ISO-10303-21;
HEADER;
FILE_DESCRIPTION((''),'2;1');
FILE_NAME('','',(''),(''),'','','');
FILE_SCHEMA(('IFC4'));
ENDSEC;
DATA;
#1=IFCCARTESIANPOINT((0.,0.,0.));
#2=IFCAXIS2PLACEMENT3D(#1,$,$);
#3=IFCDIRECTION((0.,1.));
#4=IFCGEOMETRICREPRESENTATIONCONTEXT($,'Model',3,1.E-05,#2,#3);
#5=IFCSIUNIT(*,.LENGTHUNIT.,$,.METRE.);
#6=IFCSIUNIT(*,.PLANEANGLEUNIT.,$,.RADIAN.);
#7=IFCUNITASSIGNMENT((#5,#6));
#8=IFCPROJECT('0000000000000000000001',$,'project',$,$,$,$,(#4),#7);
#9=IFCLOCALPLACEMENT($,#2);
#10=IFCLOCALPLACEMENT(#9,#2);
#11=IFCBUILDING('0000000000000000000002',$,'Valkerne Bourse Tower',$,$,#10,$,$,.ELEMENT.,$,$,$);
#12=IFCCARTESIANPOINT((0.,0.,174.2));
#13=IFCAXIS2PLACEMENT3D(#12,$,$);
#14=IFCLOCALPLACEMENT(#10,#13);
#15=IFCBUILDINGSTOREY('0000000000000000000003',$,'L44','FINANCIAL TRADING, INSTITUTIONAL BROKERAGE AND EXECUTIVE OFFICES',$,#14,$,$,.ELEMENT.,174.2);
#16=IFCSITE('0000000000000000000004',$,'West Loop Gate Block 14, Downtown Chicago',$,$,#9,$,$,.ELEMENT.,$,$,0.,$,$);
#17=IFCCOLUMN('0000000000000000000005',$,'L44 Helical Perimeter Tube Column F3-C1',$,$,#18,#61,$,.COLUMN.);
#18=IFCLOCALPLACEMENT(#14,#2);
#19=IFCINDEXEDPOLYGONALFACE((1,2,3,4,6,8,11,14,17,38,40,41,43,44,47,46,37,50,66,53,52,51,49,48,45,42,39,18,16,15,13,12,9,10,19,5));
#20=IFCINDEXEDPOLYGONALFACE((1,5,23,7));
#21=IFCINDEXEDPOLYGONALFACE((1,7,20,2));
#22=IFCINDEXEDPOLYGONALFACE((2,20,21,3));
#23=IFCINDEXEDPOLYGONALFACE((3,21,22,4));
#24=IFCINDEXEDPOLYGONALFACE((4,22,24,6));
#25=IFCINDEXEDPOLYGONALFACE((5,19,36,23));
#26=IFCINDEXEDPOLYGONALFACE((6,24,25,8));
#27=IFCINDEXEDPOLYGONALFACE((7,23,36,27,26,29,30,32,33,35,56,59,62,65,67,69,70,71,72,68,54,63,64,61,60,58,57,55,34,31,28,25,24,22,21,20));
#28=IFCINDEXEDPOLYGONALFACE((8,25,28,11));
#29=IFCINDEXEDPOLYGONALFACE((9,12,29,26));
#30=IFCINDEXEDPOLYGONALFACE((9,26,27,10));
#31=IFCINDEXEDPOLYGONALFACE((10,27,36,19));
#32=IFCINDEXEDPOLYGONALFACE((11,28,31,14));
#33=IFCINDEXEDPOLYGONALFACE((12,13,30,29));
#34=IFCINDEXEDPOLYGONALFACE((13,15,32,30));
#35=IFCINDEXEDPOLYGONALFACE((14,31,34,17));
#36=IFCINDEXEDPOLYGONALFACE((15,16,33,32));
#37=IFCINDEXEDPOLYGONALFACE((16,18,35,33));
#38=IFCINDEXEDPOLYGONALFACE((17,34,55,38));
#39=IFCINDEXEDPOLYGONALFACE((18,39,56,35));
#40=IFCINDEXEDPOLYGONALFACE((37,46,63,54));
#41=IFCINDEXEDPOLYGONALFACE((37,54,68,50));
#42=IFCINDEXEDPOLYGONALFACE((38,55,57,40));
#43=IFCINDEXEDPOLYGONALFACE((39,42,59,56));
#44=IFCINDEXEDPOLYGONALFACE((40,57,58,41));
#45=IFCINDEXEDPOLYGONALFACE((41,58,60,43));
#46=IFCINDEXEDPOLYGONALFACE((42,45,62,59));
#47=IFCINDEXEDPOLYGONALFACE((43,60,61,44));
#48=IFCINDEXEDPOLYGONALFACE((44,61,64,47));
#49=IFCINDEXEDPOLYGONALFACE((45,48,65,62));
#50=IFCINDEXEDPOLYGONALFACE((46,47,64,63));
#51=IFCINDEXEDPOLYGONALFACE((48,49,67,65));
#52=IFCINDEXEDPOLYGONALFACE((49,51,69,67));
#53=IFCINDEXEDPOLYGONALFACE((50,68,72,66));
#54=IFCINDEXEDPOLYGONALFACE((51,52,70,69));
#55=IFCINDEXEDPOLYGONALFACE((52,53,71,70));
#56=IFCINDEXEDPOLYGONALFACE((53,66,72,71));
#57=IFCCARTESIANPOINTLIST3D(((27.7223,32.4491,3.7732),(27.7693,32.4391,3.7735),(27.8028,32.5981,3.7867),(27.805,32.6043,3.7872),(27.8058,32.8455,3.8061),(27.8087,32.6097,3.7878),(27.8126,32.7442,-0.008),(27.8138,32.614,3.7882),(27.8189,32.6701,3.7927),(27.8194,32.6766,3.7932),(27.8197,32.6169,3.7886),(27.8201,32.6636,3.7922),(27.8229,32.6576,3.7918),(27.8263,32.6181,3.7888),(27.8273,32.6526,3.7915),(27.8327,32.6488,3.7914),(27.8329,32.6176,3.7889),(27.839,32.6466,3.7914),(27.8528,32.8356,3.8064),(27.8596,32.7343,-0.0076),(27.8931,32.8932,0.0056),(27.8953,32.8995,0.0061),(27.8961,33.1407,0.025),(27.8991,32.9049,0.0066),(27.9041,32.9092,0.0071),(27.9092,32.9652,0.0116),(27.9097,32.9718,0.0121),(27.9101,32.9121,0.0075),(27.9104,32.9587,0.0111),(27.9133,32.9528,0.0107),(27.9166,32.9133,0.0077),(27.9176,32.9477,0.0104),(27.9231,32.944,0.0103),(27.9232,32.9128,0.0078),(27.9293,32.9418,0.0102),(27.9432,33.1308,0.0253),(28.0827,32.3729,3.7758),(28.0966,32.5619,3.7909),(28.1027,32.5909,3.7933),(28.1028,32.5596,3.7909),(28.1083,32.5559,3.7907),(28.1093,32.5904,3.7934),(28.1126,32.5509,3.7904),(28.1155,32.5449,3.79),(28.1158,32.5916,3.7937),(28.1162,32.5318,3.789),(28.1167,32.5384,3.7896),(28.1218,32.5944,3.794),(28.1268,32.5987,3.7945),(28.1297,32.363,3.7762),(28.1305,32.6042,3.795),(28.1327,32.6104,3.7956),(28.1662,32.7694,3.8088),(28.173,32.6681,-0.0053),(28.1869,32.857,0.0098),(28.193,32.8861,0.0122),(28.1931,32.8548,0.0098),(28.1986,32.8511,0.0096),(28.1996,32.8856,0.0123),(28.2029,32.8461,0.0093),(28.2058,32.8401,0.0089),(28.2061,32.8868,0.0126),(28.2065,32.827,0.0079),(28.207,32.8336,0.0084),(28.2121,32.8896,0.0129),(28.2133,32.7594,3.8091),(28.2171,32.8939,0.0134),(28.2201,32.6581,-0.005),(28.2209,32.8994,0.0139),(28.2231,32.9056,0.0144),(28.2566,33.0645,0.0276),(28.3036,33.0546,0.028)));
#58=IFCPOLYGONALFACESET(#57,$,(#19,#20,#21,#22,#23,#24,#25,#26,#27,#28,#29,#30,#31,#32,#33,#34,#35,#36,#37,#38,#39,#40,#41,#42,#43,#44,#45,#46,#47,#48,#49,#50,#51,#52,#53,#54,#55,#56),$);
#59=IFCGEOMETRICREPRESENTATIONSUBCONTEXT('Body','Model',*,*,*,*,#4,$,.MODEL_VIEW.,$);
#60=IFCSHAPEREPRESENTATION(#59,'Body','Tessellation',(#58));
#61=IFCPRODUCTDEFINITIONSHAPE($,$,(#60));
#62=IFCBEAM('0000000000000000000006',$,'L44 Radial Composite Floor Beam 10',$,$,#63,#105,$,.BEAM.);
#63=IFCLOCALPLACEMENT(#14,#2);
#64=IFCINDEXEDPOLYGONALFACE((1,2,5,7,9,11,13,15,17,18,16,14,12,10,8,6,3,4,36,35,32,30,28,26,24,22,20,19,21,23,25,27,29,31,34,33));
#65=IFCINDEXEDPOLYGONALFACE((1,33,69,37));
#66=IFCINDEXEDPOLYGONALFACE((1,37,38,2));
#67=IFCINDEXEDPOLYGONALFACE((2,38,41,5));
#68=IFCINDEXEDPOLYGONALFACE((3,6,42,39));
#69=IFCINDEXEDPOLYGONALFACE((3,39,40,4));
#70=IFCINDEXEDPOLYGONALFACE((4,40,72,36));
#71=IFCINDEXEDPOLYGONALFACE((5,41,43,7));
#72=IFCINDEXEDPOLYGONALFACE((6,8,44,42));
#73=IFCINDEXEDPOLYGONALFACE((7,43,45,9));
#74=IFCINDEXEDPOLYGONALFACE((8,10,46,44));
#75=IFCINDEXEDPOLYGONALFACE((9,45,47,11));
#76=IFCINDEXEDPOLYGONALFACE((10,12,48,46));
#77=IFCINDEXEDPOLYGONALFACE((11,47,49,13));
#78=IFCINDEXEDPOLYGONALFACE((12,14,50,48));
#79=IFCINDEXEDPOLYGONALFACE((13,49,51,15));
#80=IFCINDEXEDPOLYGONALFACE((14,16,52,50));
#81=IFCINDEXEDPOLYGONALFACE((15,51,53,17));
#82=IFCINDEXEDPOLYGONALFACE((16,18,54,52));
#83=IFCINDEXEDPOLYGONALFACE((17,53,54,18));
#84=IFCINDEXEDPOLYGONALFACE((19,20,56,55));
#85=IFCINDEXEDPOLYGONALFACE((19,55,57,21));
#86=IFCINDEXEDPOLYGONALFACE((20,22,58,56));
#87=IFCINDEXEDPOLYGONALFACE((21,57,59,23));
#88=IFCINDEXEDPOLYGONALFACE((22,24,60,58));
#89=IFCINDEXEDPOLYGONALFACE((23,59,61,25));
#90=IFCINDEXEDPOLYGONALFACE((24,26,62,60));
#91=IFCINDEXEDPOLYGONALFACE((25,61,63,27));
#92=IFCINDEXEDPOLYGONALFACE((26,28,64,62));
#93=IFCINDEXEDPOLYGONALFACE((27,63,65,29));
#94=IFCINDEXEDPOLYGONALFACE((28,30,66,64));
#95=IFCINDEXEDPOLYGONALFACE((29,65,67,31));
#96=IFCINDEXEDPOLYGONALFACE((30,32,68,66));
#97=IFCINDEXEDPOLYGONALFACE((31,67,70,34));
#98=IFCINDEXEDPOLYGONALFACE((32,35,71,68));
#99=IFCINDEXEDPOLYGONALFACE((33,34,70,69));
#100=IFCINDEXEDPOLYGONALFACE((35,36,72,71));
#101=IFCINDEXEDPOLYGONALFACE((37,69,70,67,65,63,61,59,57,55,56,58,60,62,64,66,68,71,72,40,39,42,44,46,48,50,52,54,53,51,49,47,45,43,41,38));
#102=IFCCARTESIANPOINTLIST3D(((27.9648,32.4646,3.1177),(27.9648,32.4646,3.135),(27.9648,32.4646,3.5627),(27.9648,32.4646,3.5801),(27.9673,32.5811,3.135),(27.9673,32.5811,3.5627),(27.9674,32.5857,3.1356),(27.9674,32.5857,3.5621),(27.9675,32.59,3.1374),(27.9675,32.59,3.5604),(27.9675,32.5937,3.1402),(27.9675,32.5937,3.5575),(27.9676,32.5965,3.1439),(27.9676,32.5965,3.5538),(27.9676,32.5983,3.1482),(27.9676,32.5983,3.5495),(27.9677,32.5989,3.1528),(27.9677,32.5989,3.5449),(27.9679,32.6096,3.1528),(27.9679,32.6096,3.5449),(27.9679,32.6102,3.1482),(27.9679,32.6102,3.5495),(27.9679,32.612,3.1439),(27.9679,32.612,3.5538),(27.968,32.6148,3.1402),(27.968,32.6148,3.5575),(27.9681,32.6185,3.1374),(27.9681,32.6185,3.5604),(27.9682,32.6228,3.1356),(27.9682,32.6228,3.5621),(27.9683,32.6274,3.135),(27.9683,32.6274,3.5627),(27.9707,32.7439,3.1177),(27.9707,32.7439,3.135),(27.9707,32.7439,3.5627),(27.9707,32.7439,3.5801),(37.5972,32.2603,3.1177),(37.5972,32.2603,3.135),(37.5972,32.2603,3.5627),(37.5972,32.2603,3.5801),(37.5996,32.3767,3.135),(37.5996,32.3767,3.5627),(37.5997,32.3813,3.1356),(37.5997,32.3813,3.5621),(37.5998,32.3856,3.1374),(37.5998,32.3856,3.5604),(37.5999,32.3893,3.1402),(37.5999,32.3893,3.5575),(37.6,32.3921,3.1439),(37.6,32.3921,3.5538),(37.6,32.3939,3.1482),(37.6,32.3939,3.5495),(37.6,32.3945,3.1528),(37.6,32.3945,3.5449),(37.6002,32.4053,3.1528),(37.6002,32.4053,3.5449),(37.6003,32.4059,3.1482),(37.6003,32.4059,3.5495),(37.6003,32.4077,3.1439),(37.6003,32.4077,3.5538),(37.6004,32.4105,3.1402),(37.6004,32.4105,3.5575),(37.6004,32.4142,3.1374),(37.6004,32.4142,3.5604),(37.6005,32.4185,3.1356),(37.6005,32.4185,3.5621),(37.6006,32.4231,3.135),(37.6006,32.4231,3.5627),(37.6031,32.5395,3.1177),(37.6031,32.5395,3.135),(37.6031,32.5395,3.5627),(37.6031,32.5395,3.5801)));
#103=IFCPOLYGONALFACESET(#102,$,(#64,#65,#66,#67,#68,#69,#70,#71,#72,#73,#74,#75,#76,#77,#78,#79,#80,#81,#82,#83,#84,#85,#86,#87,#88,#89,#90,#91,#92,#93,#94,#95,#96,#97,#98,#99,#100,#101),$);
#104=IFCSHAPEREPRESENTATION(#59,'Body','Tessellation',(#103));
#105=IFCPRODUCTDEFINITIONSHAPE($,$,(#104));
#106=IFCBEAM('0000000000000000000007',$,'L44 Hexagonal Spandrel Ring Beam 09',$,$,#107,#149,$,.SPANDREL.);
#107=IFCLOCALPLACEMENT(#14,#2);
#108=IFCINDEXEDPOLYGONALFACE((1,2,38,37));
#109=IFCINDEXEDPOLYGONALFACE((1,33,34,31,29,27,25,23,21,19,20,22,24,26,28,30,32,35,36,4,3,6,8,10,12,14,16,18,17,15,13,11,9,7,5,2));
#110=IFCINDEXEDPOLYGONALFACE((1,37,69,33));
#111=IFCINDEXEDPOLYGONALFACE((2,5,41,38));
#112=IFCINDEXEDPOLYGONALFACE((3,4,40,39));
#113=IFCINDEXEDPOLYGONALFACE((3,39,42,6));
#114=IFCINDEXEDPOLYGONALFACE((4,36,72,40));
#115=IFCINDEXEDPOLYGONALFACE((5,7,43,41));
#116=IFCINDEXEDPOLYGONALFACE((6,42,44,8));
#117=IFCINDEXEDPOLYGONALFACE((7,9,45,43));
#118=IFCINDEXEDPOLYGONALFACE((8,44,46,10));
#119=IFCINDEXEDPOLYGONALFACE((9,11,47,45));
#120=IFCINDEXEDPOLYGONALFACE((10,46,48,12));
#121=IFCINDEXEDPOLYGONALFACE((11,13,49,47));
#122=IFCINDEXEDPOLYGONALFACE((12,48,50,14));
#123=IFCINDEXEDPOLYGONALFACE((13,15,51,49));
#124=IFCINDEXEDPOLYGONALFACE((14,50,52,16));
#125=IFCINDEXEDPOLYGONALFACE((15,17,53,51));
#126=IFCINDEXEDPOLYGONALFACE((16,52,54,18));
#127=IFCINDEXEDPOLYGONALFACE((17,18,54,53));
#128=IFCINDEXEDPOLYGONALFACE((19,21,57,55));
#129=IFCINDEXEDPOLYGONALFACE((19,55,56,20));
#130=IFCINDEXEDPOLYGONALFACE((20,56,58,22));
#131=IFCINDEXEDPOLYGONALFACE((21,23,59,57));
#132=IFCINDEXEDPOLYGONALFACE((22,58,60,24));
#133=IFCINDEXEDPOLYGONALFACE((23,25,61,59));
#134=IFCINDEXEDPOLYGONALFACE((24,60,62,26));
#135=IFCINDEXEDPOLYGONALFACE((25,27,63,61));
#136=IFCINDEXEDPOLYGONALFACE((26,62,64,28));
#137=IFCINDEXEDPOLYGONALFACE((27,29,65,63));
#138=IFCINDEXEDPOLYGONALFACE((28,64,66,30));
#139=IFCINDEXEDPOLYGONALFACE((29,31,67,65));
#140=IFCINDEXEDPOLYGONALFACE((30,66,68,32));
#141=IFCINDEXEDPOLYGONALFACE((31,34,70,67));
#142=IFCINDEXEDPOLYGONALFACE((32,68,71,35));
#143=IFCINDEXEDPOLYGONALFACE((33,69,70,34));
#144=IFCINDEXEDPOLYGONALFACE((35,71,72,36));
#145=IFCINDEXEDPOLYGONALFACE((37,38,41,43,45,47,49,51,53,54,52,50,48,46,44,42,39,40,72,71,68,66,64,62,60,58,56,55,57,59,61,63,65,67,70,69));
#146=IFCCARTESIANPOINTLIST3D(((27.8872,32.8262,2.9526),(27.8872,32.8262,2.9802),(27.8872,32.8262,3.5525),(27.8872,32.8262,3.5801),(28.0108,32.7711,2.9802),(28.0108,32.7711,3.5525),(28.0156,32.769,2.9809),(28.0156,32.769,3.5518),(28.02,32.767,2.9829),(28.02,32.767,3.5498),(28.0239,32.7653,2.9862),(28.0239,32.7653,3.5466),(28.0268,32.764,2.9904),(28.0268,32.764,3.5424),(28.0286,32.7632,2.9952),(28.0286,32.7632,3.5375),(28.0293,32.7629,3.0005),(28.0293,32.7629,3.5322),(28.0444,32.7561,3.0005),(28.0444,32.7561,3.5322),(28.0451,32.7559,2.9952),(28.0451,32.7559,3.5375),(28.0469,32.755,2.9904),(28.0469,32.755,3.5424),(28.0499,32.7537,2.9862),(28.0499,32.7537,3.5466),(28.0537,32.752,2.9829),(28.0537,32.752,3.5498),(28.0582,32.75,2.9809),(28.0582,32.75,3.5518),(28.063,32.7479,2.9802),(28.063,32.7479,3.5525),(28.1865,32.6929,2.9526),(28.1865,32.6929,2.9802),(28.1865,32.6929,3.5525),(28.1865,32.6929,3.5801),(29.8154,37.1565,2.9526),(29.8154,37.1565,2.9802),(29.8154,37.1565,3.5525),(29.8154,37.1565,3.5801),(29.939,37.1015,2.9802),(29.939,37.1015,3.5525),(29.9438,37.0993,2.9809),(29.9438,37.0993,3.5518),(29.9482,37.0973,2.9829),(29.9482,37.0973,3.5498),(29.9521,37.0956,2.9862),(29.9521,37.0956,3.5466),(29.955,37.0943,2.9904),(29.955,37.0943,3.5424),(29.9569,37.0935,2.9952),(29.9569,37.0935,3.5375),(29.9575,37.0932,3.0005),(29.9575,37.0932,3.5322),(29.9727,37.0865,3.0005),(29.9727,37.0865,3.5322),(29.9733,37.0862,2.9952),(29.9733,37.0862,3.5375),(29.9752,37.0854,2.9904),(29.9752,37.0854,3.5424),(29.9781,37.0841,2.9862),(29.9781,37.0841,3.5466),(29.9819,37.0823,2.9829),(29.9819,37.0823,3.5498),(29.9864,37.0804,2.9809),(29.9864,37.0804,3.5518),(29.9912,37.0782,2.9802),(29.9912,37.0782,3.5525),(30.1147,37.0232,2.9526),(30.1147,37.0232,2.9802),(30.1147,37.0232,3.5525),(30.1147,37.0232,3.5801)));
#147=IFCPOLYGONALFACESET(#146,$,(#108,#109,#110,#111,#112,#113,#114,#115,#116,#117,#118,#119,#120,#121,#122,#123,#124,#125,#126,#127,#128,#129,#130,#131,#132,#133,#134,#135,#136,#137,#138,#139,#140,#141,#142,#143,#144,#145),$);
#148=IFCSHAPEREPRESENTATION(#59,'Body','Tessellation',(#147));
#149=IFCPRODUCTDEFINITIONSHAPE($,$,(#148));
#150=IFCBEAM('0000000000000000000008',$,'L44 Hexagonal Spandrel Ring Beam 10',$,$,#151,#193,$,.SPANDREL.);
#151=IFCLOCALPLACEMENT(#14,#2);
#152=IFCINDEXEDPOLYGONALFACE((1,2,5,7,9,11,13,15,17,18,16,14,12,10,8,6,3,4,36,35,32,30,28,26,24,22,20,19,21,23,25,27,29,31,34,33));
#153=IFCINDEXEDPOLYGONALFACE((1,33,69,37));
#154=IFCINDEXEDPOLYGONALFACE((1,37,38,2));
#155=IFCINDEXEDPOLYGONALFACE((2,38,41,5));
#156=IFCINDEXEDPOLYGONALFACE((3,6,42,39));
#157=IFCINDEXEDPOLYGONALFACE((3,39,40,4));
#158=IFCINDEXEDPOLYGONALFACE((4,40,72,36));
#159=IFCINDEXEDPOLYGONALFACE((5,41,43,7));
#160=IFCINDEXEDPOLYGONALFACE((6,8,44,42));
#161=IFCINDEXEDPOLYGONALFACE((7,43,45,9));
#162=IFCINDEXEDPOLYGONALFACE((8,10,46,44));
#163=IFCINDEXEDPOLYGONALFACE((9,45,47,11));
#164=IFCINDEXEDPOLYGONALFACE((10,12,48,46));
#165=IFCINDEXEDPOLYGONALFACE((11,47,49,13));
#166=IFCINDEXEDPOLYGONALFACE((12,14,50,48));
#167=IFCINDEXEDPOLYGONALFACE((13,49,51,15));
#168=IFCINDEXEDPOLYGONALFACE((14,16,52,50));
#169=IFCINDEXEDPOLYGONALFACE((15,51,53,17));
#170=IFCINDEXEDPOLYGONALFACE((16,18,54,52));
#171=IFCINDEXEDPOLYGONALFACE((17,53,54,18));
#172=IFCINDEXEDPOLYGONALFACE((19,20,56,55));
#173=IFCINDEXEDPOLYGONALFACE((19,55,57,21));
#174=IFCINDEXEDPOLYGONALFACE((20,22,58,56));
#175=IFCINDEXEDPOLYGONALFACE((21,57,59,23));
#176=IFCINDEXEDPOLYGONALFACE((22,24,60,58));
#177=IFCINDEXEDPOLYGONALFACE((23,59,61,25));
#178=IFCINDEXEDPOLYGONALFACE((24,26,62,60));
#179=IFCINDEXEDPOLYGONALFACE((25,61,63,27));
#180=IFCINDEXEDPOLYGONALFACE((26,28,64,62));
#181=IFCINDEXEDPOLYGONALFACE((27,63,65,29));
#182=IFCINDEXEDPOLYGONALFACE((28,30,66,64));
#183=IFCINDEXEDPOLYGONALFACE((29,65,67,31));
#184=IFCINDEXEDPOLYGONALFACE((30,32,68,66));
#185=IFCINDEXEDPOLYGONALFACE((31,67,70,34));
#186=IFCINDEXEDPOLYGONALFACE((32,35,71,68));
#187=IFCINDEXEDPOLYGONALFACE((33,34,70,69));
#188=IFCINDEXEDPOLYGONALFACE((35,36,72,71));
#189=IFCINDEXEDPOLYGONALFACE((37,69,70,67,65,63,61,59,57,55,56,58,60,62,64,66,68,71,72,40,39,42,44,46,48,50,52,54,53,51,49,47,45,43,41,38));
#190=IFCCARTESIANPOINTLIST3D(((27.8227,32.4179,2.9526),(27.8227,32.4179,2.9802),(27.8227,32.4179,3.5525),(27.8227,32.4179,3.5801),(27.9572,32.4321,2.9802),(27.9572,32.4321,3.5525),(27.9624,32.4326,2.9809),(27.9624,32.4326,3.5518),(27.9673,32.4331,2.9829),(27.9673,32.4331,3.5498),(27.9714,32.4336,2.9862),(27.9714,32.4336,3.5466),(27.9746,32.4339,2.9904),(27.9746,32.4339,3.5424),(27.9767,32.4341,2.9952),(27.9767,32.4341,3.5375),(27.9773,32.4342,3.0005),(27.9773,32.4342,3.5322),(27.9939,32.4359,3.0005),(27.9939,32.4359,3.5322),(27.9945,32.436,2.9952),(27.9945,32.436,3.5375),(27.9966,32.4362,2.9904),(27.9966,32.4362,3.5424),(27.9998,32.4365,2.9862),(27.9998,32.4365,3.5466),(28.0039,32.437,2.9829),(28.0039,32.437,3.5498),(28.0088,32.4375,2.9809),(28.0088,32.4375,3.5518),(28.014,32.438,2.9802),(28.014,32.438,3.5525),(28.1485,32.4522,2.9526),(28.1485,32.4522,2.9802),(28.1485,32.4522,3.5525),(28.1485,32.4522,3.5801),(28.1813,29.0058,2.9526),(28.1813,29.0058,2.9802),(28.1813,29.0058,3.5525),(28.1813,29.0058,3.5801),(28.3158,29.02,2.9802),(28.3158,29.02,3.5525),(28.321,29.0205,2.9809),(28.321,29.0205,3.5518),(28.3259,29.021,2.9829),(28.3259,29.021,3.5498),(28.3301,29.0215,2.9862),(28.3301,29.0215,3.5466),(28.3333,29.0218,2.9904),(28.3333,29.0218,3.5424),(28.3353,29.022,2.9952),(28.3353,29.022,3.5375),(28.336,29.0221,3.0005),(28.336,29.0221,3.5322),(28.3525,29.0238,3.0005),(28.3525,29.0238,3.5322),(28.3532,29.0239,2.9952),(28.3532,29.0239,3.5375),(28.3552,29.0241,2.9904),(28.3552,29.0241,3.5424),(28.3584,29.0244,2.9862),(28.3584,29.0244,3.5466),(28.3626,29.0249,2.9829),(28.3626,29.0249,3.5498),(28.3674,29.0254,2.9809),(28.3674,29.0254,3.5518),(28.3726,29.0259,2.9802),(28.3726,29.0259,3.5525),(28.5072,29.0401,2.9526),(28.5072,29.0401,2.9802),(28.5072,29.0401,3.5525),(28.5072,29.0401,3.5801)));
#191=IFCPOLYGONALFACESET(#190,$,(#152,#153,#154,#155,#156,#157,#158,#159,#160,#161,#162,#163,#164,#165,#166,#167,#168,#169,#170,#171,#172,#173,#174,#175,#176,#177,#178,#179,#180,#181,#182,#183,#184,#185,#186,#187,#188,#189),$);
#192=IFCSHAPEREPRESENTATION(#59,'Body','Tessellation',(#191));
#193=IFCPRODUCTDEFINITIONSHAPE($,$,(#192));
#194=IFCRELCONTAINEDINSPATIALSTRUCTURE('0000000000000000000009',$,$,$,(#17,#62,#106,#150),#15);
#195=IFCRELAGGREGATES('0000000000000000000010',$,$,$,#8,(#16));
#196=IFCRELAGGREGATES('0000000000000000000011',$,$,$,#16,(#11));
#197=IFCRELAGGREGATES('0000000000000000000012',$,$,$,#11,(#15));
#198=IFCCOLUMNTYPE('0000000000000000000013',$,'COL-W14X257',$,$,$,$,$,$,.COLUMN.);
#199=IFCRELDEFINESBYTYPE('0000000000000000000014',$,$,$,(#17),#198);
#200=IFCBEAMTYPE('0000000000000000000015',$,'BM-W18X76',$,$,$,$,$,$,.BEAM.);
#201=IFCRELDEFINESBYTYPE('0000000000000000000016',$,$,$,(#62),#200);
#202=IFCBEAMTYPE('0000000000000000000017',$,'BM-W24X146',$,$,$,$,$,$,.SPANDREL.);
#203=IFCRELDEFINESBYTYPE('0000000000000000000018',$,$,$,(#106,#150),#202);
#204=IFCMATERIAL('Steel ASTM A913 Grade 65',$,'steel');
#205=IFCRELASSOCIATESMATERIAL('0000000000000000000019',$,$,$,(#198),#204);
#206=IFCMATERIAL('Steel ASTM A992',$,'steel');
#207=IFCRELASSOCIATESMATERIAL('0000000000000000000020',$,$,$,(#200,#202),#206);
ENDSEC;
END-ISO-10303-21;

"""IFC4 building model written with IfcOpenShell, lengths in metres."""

from ifc_helpers import new_model, si_unit, direction, frame, origin, origin_2d, place, context, subcontext, project, spatial, i_section, extrude, material, material_profile, profile_set, type_object, element, save


model = new_model("IFC4")

# Units and contexts
model_context = context("Model", 3, precision=1e-05, world=origin(), true_north=direction((0.0, 1.0)))
body_context = subcontext(model_context, "Body", "Model", "MODEL_VIEW")
ifc_project = project(units=[si_unit("LENGTHUNIT", "METRE"), si_unit("PLANEANGLEUNIT", "RADIAN")], contexts=[model_context])

# Site, building, storey
site_placement = place(None, origin())
site = spatial("IfcSite", under=ifc_project, at=site_placement, Name="West Loop Gate Block 14, Downtown Chicago", CompositionType="ELEMENT", RefElevation=0.0)
building_placement = place(site_placement, origin())
building = spatial("IfcBuilding", under=site, at=building_placement, Name="Valkerne Bourse Tower", CompositionType="ELEMENT")
storey_placement = place(building_placement, frame((0.0, 0.0, 174.2)))
storey = spatial("IfcBuildingStorey", under=building, at=storey_placement, Name="L44", Description="FINANCIAL TRADING, INSTITUTIONAL BROKERAGE AND EXECUTIVE OFFICES", CompositionType="ELEMENT", Elevation=174.2)

# Column
ifc_material_1 = material(Name="Steel ASTM A913 Grade 65", Category="steel")
ifc_material_profile_1 = material_profile(ifc_material_1, i_section(OverallWidth=0.4065, OverallDepth=0.4165, WebThickness=0.0298, FlangeThickness=0.0481, FilletRadius=0.0254, at=origin_2d()), Name="W14X257")
ifc_profile_set_1 = profile_set([ifc_material_profile_1], Name="Steel ASTM A913 Grade 65")
column_type = type_object("IfcColumnType", Name="COL-W14X257", PredefinedType="COLUMN", material=ifc_profile_set_1)
column_placement = place(storey_placement, frame((28.0581, 32.8994, 0.01), z_axis=(-0.023812, -0.077807, 0.996684), x_axis=(-0.205513, -0.975293, -0.081047)))
element("IfcColumn", 1, at=column_placement, inside=storey, type_object=column_type, Name="L44 Helical Perimeter Tube Column F3-C1", PredefinedType="COLUMN", context=body_context, shape_type="SweptSolid", body=[
    extrude(i_section(OverallWidth=0.4065, OverallDepth=0.4165, WebThickness=0.0298, FlangeThickness=0.0481, FilletRadius=0.0254, at=origin_2d()), origin(), (0.0, 0.0, 1.0), 3.7937),
])

# Beams
ifc_material_2 = material(Name="Steel ASTM A992", Category="steel")
ifc_material_profile_2 = material_profile(ifc_material_2, i_section(OverallWidth=0.2793, OverallDepth=0.4624, WebThickness=0.0107, FlangeThickness=0.0173, FilletRadius=0.0178, at=origin_2d()), Name="W18X76")
ifc_profile_set_2 = profile_set([ifc_material_profile_2], Name="Steel ASTM A992")
beam_type_1 = type_object("IfcBeamType", Name="BM-W18X76", PredefinedType="BEAM", material=ifc_profile_set_2)
beam_1_placement = place(storey_placement, frame((27.9678, 32.6042, 3.3489), z_axis=(0.999775, -0.02121, 0.0), x_axis=(0.02121, 0.999775, 0.0)))
element("IfcBeam", 2, at=beam_1_placement, inside=storey, type_object=beam_type_1, Name="L44 Radial Composite Floor Beam 10", PredefinedType="BEAM", context=body_context, shape_type="SweptSolid", body=[
    extrude(i_section(OverallWidth=0.2793, OverallDepth=0.4624, WebThickness=0.0107, FlangeThickness=0.0173, FilletRadius=0.0178, at=origin_2d()), origin(), (0.0, 0.0, 1.0), 9.6345),
])
ifc_material_profile_3 = material_profile(ifc_material_2, i_section(OverallWidth=0.3276, OverallDepth=0.6274, WebThickness=0.0166, FlangeThickness=0.0276, FilletRadius=0.0203, at=origin_2d()), Name="W24X146")
ifc_profile_set_3 = profile_set([ifc_material_profile_3], Name="Steel ASTM A992")
beam_type_2 = type_object("IfcBeamType", Name="BM-W24X146", PredefinedType="SPANDREL", material=ifc_profile_set_3)
beam_2_placement = place(storey_placement, frame((29.9651, 37.0898, 3.2664), z_axis=(-0.406779, -0.913527, 0.0), x_axis=(0.913527, -0.406779, 0.0)))
element("IfcBeam", 3, at=beam_2_placement, inside=storey, type_object=beam_type_2, Name="L44 Hexagonal Spandrel Ring Beam 09", PredefinedType="SPANDREL", context=body_context, shape_type="SweptSolid", body=[
    extrude(i_section(OverallWidth=0.3276, OverallDepth=0.6274, WebThickness=0.0166, FlangeThickness=0.0276, FilletRadius=0.0203, at=origin_2d()), origin(), (0.0, 0.0, 1.0), 4.7402),
])
beam_3_placement = place(storey_placement, frame((27.9856, 32.4351, 3.2664), z_axis=(0.104533, -0.994521, 0.0), x_axis=(0.994521, 0.104533, 0.0)))
element("IfcBeam", 4, at=beam_3_placement, inside=storey, type_object=beam_type_2, Name="L44 Hexagonal Spandrel Ring Beam 10", PredefinedType="SPANDREL", context=body_context, shape_type="SweptSolid", body=[
    extrude(i_section(OverallWidth=0.3276, OverallDepth=0.6274, WebThickness=0.0166, FlangeThickness=0.0276, FilletRadius=0.0203, at=origin_2d()), origin(), (0.0, 0.0, 1.0), 3.4309),
])

save(model, "model.ifc")
